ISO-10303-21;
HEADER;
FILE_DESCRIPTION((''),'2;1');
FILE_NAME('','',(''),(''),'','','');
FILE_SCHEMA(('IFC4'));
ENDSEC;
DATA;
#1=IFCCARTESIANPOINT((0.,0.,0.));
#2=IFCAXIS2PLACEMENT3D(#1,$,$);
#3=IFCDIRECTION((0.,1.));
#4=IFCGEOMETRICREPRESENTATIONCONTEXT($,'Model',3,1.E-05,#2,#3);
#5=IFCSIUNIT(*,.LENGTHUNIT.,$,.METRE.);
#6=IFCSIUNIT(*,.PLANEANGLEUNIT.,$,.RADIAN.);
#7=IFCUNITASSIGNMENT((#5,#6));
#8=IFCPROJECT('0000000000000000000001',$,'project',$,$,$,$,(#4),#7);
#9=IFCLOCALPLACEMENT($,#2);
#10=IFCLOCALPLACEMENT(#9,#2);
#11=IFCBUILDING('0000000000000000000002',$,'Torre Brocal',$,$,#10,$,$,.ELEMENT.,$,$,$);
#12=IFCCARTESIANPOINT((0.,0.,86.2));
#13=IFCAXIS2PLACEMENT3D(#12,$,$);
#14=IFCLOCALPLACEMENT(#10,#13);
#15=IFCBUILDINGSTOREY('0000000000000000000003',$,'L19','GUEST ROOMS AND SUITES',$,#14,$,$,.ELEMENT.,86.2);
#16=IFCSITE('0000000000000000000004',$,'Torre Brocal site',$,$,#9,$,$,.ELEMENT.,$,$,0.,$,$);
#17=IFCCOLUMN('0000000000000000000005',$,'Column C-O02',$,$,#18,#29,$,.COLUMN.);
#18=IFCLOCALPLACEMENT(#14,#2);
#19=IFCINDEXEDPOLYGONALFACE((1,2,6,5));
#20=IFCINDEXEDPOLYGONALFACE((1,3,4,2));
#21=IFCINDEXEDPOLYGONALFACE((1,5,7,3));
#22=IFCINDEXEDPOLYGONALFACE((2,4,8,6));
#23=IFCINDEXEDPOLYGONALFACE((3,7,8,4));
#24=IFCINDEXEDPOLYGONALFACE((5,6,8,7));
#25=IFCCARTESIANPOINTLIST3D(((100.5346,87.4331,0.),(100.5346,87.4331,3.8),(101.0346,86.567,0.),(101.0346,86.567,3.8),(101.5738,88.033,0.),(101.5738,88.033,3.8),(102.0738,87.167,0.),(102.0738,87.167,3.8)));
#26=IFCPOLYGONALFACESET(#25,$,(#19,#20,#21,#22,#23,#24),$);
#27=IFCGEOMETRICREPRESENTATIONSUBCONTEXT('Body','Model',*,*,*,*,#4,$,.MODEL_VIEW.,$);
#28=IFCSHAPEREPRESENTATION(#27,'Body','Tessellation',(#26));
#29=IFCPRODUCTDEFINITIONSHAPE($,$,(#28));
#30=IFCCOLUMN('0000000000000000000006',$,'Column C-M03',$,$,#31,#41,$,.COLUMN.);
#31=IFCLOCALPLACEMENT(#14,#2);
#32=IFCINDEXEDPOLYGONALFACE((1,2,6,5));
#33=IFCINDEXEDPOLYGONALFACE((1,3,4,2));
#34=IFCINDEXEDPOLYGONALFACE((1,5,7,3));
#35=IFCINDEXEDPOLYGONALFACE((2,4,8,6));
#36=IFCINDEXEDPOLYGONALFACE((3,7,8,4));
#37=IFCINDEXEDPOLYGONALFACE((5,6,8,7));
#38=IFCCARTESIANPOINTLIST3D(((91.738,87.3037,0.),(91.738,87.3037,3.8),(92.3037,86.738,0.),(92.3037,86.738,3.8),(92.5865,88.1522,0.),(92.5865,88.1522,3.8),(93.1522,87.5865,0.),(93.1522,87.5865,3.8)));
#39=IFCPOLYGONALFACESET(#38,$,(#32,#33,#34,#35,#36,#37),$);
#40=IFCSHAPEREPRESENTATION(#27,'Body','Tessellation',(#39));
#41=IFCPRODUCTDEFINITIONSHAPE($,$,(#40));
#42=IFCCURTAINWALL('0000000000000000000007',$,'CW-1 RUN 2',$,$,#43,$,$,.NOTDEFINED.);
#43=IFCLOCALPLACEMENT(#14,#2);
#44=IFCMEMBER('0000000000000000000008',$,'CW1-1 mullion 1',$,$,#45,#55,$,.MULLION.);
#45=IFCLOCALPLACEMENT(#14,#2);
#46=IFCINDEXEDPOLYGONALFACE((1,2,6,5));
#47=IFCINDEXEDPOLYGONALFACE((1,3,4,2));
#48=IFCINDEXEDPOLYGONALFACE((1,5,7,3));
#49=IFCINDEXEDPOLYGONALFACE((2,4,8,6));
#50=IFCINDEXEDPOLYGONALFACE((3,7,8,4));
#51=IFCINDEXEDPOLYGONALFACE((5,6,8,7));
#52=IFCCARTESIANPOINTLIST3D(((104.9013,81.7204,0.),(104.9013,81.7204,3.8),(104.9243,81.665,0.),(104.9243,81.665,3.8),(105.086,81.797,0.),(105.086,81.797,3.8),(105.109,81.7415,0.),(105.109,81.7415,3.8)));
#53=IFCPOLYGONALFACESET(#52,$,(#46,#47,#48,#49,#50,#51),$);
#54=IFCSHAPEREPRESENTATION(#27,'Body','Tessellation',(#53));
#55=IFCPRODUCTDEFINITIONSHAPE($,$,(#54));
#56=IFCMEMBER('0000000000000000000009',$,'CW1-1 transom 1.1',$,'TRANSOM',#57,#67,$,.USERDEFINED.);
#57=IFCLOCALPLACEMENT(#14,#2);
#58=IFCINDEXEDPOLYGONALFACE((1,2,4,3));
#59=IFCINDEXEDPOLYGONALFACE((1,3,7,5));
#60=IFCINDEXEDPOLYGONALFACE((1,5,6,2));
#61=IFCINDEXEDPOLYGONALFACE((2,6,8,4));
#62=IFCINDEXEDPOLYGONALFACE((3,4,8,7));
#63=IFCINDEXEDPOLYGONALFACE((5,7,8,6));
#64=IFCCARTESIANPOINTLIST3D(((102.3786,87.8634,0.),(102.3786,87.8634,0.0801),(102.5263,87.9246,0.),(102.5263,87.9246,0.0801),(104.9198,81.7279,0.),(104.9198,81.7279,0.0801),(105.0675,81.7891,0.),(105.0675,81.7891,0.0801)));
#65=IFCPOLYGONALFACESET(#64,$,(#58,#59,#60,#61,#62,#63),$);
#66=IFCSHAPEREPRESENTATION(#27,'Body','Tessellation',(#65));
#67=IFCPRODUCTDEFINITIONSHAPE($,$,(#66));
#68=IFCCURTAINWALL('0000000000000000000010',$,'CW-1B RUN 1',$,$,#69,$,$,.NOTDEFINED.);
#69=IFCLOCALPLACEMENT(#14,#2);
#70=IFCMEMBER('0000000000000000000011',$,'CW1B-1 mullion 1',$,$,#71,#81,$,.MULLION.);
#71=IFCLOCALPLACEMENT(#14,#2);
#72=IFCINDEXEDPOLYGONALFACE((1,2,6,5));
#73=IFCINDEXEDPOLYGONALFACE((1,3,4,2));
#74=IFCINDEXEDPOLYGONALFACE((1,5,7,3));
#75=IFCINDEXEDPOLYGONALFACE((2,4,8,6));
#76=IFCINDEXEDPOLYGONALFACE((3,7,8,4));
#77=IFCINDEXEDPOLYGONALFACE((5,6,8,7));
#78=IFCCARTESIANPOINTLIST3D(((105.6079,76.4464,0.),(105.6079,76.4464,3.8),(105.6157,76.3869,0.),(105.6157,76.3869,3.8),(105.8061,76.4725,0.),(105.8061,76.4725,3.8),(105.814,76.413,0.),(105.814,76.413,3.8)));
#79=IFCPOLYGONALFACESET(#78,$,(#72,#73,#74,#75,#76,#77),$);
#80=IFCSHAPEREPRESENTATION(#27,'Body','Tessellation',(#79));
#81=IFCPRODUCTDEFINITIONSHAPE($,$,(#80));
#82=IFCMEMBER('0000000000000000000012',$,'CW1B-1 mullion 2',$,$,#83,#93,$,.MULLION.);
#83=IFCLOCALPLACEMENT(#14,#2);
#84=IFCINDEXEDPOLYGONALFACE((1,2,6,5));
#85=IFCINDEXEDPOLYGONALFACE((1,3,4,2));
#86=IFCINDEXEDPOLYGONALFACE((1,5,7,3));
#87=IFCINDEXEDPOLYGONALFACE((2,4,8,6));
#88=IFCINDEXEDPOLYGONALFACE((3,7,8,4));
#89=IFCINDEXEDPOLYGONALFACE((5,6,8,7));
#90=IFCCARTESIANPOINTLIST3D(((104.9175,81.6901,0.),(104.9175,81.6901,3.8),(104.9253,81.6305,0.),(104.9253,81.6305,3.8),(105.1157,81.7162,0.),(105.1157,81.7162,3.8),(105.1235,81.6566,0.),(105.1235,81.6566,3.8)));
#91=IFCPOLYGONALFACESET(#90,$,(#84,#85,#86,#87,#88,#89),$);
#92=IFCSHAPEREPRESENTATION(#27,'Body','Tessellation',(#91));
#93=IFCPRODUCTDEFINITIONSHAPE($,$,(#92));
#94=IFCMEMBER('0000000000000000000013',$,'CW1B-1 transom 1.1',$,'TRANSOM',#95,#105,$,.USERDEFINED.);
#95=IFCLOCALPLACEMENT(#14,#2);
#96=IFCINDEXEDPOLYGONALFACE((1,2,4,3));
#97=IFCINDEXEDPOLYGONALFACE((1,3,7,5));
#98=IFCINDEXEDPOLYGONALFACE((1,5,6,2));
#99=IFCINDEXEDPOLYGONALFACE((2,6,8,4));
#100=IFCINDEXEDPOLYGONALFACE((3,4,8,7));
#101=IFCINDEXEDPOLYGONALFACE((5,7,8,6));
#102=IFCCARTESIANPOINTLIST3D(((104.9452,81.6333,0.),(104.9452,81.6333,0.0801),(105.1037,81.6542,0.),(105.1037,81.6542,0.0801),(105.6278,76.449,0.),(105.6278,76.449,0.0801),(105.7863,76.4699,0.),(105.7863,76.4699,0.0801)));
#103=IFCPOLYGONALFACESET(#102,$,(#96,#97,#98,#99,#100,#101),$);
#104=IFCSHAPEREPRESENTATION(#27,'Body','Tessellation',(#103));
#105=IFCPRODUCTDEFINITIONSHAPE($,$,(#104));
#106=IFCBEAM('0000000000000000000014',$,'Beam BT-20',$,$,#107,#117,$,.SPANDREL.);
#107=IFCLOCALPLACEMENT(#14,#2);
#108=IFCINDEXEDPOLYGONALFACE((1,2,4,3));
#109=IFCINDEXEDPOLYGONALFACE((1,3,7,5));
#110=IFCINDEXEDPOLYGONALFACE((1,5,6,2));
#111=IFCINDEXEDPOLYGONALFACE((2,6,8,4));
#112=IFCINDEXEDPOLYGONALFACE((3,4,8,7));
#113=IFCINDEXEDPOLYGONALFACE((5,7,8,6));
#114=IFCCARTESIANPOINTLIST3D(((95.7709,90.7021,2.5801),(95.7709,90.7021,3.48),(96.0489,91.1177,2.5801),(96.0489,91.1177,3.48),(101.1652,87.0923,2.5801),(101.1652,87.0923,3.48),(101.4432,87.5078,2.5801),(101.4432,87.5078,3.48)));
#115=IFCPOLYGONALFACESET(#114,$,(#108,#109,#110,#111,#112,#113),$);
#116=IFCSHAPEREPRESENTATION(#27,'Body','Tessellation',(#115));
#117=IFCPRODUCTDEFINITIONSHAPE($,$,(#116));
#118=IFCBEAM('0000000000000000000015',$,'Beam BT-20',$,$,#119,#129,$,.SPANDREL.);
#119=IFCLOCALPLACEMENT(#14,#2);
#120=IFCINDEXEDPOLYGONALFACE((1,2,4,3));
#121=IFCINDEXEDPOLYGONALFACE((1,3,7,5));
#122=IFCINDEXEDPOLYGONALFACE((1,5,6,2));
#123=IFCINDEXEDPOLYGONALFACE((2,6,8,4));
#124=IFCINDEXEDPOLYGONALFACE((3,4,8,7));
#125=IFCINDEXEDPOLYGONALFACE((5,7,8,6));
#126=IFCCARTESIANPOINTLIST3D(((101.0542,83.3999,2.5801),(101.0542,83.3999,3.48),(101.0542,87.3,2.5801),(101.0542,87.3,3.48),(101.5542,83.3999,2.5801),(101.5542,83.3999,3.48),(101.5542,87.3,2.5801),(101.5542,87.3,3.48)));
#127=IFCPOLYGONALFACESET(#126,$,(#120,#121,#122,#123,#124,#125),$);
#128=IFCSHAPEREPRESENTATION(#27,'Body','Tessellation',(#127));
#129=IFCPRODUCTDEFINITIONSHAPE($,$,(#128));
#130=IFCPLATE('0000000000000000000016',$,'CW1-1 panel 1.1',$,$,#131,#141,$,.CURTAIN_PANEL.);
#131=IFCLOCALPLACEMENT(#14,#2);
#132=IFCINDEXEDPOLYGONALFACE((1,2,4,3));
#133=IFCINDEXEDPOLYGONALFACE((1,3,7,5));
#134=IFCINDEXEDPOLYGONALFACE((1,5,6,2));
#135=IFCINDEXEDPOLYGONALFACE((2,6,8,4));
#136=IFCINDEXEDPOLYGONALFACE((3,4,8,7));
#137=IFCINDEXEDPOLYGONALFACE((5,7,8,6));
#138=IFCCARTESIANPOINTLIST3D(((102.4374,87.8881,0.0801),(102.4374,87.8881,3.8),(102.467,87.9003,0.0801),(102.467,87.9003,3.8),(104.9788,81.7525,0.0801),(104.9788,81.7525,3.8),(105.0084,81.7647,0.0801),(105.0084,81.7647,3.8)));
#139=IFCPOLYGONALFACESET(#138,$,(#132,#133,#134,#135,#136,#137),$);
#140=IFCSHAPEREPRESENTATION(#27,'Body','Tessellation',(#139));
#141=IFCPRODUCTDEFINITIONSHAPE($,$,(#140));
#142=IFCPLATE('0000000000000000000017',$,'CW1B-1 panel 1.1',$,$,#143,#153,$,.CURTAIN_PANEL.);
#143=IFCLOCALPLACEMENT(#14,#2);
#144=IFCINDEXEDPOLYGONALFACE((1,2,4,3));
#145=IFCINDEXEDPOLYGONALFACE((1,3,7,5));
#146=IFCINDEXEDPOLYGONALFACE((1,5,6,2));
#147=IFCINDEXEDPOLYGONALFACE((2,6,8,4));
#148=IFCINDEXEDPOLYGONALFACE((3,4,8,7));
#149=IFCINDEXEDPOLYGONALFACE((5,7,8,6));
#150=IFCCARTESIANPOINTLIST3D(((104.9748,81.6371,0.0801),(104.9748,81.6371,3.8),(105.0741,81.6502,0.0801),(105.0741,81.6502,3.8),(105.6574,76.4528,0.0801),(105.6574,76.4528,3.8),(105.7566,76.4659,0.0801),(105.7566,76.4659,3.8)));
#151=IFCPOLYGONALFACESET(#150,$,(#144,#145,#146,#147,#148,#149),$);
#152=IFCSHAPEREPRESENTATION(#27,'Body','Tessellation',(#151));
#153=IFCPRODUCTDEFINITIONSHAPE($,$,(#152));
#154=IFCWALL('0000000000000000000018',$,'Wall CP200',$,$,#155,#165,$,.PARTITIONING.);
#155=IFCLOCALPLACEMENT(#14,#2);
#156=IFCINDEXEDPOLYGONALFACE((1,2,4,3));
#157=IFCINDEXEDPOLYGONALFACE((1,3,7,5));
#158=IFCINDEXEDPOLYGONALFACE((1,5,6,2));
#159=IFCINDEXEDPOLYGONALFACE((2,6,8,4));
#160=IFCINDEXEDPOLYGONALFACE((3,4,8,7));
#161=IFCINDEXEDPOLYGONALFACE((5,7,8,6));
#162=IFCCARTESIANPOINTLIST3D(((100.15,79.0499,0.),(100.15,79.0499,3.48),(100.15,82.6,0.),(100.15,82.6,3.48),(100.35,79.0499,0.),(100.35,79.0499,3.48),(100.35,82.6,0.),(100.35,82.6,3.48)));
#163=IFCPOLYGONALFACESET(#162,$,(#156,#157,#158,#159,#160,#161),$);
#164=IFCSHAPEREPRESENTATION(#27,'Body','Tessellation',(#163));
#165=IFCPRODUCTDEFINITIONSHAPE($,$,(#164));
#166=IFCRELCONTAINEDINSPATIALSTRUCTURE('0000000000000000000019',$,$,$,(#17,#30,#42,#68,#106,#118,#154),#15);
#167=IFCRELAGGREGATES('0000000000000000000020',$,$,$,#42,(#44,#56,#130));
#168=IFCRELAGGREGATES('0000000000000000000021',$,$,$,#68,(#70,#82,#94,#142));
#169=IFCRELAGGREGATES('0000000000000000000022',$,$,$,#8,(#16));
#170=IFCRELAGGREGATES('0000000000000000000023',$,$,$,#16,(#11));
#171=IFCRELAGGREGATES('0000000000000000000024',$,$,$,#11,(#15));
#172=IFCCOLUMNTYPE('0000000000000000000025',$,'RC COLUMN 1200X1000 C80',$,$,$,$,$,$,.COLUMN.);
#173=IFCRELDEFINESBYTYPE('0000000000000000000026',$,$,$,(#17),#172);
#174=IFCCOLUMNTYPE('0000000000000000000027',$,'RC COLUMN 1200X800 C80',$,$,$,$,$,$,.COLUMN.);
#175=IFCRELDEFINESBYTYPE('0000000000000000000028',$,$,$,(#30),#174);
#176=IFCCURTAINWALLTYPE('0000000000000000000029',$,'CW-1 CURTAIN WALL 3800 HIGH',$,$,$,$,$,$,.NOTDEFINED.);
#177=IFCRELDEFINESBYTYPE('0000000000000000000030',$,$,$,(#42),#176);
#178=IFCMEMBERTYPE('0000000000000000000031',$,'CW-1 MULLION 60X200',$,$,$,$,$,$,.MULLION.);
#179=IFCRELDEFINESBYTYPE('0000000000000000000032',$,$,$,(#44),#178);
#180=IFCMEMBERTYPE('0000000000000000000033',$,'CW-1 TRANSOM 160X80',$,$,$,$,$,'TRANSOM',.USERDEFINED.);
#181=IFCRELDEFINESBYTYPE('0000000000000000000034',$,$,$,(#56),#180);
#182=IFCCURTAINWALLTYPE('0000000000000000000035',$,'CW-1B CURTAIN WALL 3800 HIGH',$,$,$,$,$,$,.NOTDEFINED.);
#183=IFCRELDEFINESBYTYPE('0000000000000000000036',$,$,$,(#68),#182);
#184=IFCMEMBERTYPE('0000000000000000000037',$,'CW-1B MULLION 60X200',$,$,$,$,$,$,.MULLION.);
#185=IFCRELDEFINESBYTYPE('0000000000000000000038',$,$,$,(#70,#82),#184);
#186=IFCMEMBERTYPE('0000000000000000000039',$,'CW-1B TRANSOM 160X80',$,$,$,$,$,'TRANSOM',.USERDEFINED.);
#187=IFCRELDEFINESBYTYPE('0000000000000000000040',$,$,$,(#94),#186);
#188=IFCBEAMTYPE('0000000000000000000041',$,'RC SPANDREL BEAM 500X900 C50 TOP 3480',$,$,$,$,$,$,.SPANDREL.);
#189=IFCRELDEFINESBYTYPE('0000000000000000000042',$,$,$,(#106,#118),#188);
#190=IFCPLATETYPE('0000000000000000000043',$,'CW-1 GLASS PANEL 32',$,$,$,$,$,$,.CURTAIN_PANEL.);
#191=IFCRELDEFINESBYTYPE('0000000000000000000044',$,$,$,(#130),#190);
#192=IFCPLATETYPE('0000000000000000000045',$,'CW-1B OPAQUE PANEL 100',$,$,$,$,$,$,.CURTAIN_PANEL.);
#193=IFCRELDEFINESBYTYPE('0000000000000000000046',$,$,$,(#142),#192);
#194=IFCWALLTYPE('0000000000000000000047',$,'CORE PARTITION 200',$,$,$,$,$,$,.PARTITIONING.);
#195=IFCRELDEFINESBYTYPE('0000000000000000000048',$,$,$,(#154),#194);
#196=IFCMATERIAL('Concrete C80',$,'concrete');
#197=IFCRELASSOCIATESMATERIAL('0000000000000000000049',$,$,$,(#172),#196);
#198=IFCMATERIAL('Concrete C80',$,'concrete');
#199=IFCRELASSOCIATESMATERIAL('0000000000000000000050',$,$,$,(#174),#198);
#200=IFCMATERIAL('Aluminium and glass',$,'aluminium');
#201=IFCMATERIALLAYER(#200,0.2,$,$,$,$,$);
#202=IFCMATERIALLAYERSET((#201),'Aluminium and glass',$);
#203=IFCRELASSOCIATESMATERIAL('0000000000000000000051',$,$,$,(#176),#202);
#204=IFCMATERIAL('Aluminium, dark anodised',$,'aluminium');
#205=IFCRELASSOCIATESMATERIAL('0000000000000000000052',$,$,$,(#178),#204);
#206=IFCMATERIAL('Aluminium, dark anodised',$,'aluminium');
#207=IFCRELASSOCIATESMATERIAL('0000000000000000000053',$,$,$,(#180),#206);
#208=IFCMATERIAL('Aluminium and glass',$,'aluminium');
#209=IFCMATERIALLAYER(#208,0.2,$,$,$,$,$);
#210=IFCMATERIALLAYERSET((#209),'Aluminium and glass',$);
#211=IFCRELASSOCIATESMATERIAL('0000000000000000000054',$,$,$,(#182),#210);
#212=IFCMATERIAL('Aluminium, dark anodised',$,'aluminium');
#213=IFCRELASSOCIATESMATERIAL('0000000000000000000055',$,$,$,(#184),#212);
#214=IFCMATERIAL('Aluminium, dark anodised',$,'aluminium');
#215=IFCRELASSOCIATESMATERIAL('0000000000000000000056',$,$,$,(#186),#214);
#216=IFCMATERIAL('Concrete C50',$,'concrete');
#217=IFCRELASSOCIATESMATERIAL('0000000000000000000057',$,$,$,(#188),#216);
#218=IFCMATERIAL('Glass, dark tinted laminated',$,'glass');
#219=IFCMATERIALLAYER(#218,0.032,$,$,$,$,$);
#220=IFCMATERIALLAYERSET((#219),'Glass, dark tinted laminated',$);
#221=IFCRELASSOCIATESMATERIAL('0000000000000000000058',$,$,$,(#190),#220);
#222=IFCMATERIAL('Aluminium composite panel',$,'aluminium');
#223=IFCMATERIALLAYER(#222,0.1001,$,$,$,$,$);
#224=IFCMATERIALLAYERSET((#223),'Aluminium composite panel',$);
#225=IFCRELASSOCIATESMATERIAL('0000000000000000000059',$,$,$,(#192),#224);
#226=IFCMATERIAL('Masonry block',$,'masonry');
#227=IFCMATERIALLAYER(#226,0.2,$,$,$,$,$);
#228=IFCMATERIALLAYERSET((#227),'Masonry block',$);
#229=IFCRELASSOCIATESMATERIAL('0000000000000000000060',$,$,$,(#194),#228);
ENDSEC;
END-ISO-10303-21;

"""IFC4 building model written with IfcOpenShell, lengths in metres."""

from ifc_helpers import new_model, si_unit, direction, frame, frame_2d, origin, origin_2d, place, context, subcontext, project, spatial, rectangle, extrude, material, layer, layer_set, material_profile, profile_set, type_object, element, aggregate, save


model = new_model("IFC4")

# Units and contexts
model_context = context("Model", 3, precision=1e-05, world=origin(), true_north=direction((0.0, 1.0)))
body_context = subcontext(model_context, "Body", "Model", "MODEL_VIEW")
ifc_project = project(units=[si_unit("LENGTHUNIT", "METRE"), si_unit("PLANEANGLEUNIT", "RADIAN")], contexts=[model_context])

# Site, building, storey
site_placement = place(None, origin())
site = spatial("IfcSite", under=ifc_project, at=site_placement, Name="Torre Brocal site", CompositionType="ELEMENT", RefElevation=0.0)
building_placement = place(site_placement, origin())
building = spatial("IfcBuilding", under=site, at=building_placement, Name="Torre Brocal", CompositionType="ELEMENT")
storey_placement = place(building_placement, frame((0.0, 0.0, 86.2)))
storey = spatial("IfcBuildingStorey", under=building, at=storey_placement, Name="L19", Description="GUEST ROOMS AND SUITES", CompositionType="ELEMENT", Elevation=86.2)

# Columns
ifc_material_1 = material(Name="Concrete C80", Category="concrete")
ifc_material_profile_1 = material_profile(ifc_material_1, rectangle(XDim=1.2, YDim=1.0, at=origin_2d()), Name="RC 1200X1000")
ifc_profile_set_1 = profile_set([ifc_material_profile_1], Name="Concrete C80")
column_type_1 = type_object("IfcColumnType", Name="RC COLUMN 1200X1000 C80", PredefinedType="COLUMN", material=ifc_profile_set_1)
column_1_placement = place(storey_placement, frame((101.3042, 87.3, 0.0), z_axis=(0.0, 0.0, 1.0), x_axis=(0.866025, 0.5, 0.0)))
element("IfcColumn", 1, at=column_1_placement, inside=storey, type_object=column_type_1, Name="Column C-O02", PredefinedType="COLUMN", context=body_context, shape_type="SweptSolid", body=[
    extrude(rectangle(XDim=1.2, YDim=1.0, at=origin_2d()), origin(), (0.0, 0.0, 1.0), 3.8),
])
ifc_material_2 = material(Name="Concrete C80", Category="concrete")
ifc_material_profile_2 = material_profile(ifc_material_2, rectangle(XDim=1.2, YDim=0.8, at=origin_2d()), Name="RC 1200X800")
ifc_profile_set_2 = profile_set([ifc_material_profile_2], Name="Concrete C80")
column_type_2 = type_object("IfcColumnType", Name="RC COLUMN 1200X800 C80", PredefinedType="COLUMN", material=ifc_profile_set_2)
column_2_placement = place(storey_placement, frame((92.4451, 87.4451, 0.0), z_axis=(0.0, 0.0, 1.0), x_axis=(0.707107, 0.707107, 0.0)))
element("IfcColumn", 2, at=column_2_placement, inside=storey, type_object=column_type_2, Name="Column C-M03", PredefinedType="COLUMN", context=body_context, shape_type="SweptSolid", body=[
    extrude(rectangle(XDim=1.2, YDim=0.8, at=origin_2d()), origin(), (0.0, 0.0, 1.0), 3.8),
])

# Curtain walls, members
ifc_material_3 = material(Name="Aluminium and glass", Category="aluminium")
ifc_layer_1 = layer(ifc_material_3, 0.2)
ifc_layer_set_1 = layer_set([ifc_layer_1], Name="Aluminium and glass")
curtain_wall_type_1 = type_object("IfcCurtainWallType", Name="CW-1 CURTAIN WALL 3800 HIGH", PredefinedType="NOTDEFINED", material=ifc_layer_set_1)
curtain_wall_1_placement = place(storey_placement, origin())
curtain_wall_1 = element("IfcCurtainWall", 3, at=curtain_wall_1_placement, inside=storey, type_object=curtain_wall_type_1, Name="CW-1 RUN 2", PredefinedType="NOTDEFINED")
ifc_material_4 = material(Name="Aluminium, dark anodised", Category="aluminium")
ifc_material_profile_3 = material_profile(ifc_material_4, rectangle(XDim=0.2, YDim=0.0601, at=origin_2d()), Name="CW-1 MULLION 60X200")
ifc_profile_set_3 = profile_set([ifc_material_profile_3], Name="Aluminium, dark anodised")
member_type_1 = type_object("IfcMemberType", Name="CW-1 MULLION 60X200", PredefinedType="MULLION", material=ifc_profile_set_3)
member_1_placement = place(storey_placement, frame((105.0051, 81.731, 0.0), z_axis=(0.0, 0.0, 1.0), x_axis=(-0.92388, -0.382683, 0.0)))
member_1 = element("IfcMember", 4, at=member_1_placement, type_object=member_type_1, Name="CW1-1 mullion 1", PredefinedType="MULLION", context=body_context, shape_type="SweptSolid", body=[
    extrude(rectangle(XDim=0.2, YDim=0.0601, at=origin_2d()), origin(), (0.0, 0.0, 1.0), 3.8),
])
ifc_material_5 = material(Name="Aluminium, dark anodised", Category="aluminium")
ifc_material_profile_4 = material_profile(ifc_material_5, rectangle(XDim=0.1599, YDim=0.0801, at=origin_2d()), Name="CW-1 TRANSOM 160X80")
ifc_profile_set_4 = profile_set([ifc_material_profile_4], Name="Aluminium, dark anodised")
member_type_2 = type_object("IfcMemberType", Name="CW-1 TRANSOM 160X80", ElementType="TRANSOM", PredefinedType="USERDEFINED", material=ifc_profile_set_4)
member_2_placement = place(storey_placement, frame((104.9937, 81.7585, 0.04), z_axis=(-0.382665, 0.923887, 0.0), x_axis=(-0.923887, -0.382665, 0.0)))
member_2 = element("IfcMember", 5, at=member_2_placement, type_object=member_type_2, Name="CW1-1 transom 1.1", ObjectType="TRANSOM", PredefinedType="USERDEFINED", context=body_context, shape_type="SweptSolid", body=[
    extrude(rectangle(XDim=0.1599, YDim=0.0801, at=origin_2d()), origin(), (0.0, 0.0, 1.0), 6.6409),
])
ifc_material_6 = material(Name="Aluminium and glass", Category="aluminium")
ifc_layer_2 = layer(ifc_material_6, 0.2)
ifc_layer_set_2 = layer_set([ifc_layer_2], Name="Aluminium and glass")
curtain_wall_type_2 = type_object("IfcCurtainWallType", Name="CW-1B CURTAIN WALL 3800 HIGH", PredefinedType="NOTDEFINED", material=ifc_layer_set_2)
curtain_wall_2_placement = place(storey_placement, origin())
curtain_wall_2 = element("IfcCurtainWall", 6, at=curtain_wall_2_placement, inside=storey, type_object=curtain_wall_type_2, Name="CW-1B RUN 1", PredefinedType="NOTDEFINED")
ifc_material_7 = material(Name="Aluminium, dark anodised", Category="aluminium")
ifc_material_profile_5 = material_profile(ifc_material_7, rectangle(XDim=0.2, YDim=0.0601, at=origin_2d()), Name="CW-1B MULLION 60X200")
ifc_profile_set_5 = profile_set([ifc_material_profile_5], Name="Aluminium, dark anodised")
member_type_3 = type_object("IfcMemberType", Name="CW-1B MULLION 60X200", PredefinedType="MULLION", material=ifc_profile_set_5)
member_3_placement = place(storey_placement, frame((105.7109, 76.4297, 0.0), z_axis=(0.0, 0.0, 1.0), x_axis=(-0.991445, -0.130526, 0.0)))
member_3 = element("IfcMember", 7, at=member_3_placement, type_object=member_type_3, Name="CW1B-1 mullion 1", PredefinedType="MULLION", context=body_context, shape_type="SweptSolid", body=[
    extrude(rectangle(XDim=0.2, YDim=0.0601, at=origin_2d()), origin(), (0.0, 0.0, 1.0), 3.8),
])
member_4_placement = place(storey_placement, frame((105.0205, 81.6733, 0.0), z_axis=(0.0, 0.0, 1.0), x_axis=(-0.991445, -0.130526, 0.0)))
member_4 = element("IfcMember", 8, at=member_4_placement, type_object=member_type_3, Name="CW1B-1 mullion 2", PredefinedType="MULLION", context=body_context, shape_type="SweptSolid", body=[
    extrude(rectangle(XDim=0.2, YDim=0.0601, at=origin_2d()), origin(), (0.0, 0.0, 1.0), 3.8),
])
ifc_material_8 = material(Name="Aluminium, dark anodised", Category="aluminium")
ifc_material_profile_6 = material_profile(ifc_material_8, rectangle(XDim=0.1599, YDim=0.0801, at=origin_2d()), Name="CW-1B TRANSOM 160X80")
ifc_profile_set_6 = profile_set([ifc_material_profile_6], Name="Aluminium, dark anodised")
member_type_4 = type_object("IfcMemberType", Name="CW-1B TRANSOM 160X80", ElementType="TRANSOM", PredefinedType="USERDEFINED", material=ifc_profile_set_6)
member_5_placement = place(storey_placement, frame((105.707, 76.4595, 0.04), z_axis=(-0.130543, 0.991443, 0.0), x_axis=(-0.991443, -0.130543, 0.0)))
member_5 = element("IfcMember", 9, at=member_5_placement, type_object=member_type_4, Name="CW1B-1 transom 1.1", ObjectType="TRANSOM", PredefinedType="USERDEFINED", context=body_context, shape_type="SweptSolid", body=[
    extrude(rectangle(XDim=0.1599, YDim=0.0801, at=origin_2d()), origin(), (0.0, 0.0, 1.0), 5.229),
])

# Beams
ifc_material_9 = material(Name="Concrete C50", Category="concrete")
ifc_material_profile_7 = material_profile(ifc_material_9, rectangle(XDim=0.5, YDim=0.8999, at=origin_2d()), Name="RC 500X900")
ifc_profile_set_7 = profile_set([ifc_material_profile_7], Name="Concrete C50")
beam_type = type_object("IfcBeamType", Name="RC SPANDREL BEAM 500X900 C50 TOP 3480", PredefinedType="SPANDREL", material=ifc_profile_set_7)
beam_1_placement = place(storey_placement, frame((101.3042, 87.3, 3.03), z_axis=(-0.831077, 0.556158, 0.0), x_axis=(-0.556158, -0.831077, 0.0)))
element("IfcBeam", 10, at=beam_1_placement, inside=storey, type_object=beam_type, Name="Beam BT-20", PredefinedType="SPANDREL", context=body_context, shape_type="SweptSolid", body=[
    extrude(rectangle(XDim=0.5, YDim=0.8999, at=origin_2d()), origin(), (0.0, 0.0, 1.0), 6.4907),
])
beam_2_placement = place(storey_placement, frame((101.3042, 87.3, 3.03), z_axis=(0.0, -1.0, 0.0), x_axis=(1.0, 0.0, 0.0)))
element("IfcBeam", 11, at=beam_2_placement, inside=storey, type_object=beam_type, Name="Beam BT-20", PredefinedType="SPANDREL", context=body_context, shape_type="SweptSolid", body=[
    extrude(rectangle(XDim=0.5, YDim=0.8999, at=origin_2d()), origin(), (0.0, 0.0, 1.0), 3.9001),
])

# Plates
ifc_material_10 = material(Name="Glass, dark tinted laminated", Category="glass")
ifc_layer_3 = layer(ifc_material_10, 0.032)
ifc_layer_set_3 = layer_set([ifc_layer_3], Name="Glass, dark tinted laminated")
plate_type_1 = type_object("IfcPlateType", Name="CW-1 GLASS PANEL 32", PredefinedType="CURTAIN_PANEL", material=ifc_layer_set_3)
plate_1_placement = place(storey_placement, frame((103.7229, 84.8264, 0.0801), z_axis=(0.0, 0.0, 1.0), x_axis=(-0.382683, 0.92388, 0.0)))
plate_1 = element("IfcPlate", 12, at=plate_1_placement, type_object=plate_type_1, Name="CW1-1 panel 1.1", PredefinedType="CURTAIN_PANEL", context=body_context, shape_type="SweptSolid", body=[
    extrude(rectangle(XDim=6.6411, YDim=0.032, at=origin_2d()), origin(), (0.0, 0.0, 1.0), 3.72),
])
aggregate(curtain_wall_1, [member_1, member_2, plate_1])
ifc_material_11 = material(Name="Aluminium composite panel", Category="aluminium")
ifc_layer_4 = layer(ifc_material_11, 0.1001)
ifc_layer_set_4 = layer_set([ifc_layer_4], Name="Aluminium composite panel")
plate_type_2 = type_object("IfcPlateType", Name="CW-1B OPAQUE PANEL 100", PredefinedType="CURTAIN_PANEL", material=ifc_layer_set_4)
plate_2_placement = place(storey_placement, frame((105.3657, 79.0515, 0.0801), z_axis=(0.0, 0.0, 1.0), x_axis=(-0.130526, 0.991445, 0.0)))
plate_2 = element("IfcPlate", 13, at=plate_2_placement, type_object=plate_type_2, Name="CW1B-1 panel 1.1", PredefinedType="CURTAIN_PANEL", context=body_context, shape_type="SweptSolid", body=[
    extrude(rectangle(XDim=5.229, YDim=0.1001, at=origin_2d()), origin(), (0.0, 0.0, 1.0), 3.72),
])
aggregate(curtain_wall_2, [member_3, member_4, member_5, plate_2])

# Wall
ifc_material_12 = material(Name="Masonry block", Category="masonry")
ifc_layer_5 = layer(ifc_material_12, 0.2)
ifc_layer_set_5 = layer_set([ifc_layer_5], Name="Masonry block")
wall_type_1 = type_object("IfcWallType", Name="CORE PARTITION 200", PredefinedType="PARTITIONING", material=ifc_layer_set_5)
wall_1_placement = place(storey_placement, frame((100.25, 79.05, 0.0), z_axis=(0.0, 0.0, 1.0), x_axis=(0.0, 1.0, 0.0)))
element("IfcWall", 14, at=wall_1_placement, inside=storey, type_object=wall_type_1, Name="Wall CP200", PredefinedType="PARTITIONING", context=body_context, shape_type="SweptSolid", body=[
    extrude(rectangle(XDim=3.55, YDim=0.2, at=frame_2d((1.7749, 0.0))), origin(), (0.0, 0.0, 1.0), 3.48),
])

save(model, "model.ifc")
